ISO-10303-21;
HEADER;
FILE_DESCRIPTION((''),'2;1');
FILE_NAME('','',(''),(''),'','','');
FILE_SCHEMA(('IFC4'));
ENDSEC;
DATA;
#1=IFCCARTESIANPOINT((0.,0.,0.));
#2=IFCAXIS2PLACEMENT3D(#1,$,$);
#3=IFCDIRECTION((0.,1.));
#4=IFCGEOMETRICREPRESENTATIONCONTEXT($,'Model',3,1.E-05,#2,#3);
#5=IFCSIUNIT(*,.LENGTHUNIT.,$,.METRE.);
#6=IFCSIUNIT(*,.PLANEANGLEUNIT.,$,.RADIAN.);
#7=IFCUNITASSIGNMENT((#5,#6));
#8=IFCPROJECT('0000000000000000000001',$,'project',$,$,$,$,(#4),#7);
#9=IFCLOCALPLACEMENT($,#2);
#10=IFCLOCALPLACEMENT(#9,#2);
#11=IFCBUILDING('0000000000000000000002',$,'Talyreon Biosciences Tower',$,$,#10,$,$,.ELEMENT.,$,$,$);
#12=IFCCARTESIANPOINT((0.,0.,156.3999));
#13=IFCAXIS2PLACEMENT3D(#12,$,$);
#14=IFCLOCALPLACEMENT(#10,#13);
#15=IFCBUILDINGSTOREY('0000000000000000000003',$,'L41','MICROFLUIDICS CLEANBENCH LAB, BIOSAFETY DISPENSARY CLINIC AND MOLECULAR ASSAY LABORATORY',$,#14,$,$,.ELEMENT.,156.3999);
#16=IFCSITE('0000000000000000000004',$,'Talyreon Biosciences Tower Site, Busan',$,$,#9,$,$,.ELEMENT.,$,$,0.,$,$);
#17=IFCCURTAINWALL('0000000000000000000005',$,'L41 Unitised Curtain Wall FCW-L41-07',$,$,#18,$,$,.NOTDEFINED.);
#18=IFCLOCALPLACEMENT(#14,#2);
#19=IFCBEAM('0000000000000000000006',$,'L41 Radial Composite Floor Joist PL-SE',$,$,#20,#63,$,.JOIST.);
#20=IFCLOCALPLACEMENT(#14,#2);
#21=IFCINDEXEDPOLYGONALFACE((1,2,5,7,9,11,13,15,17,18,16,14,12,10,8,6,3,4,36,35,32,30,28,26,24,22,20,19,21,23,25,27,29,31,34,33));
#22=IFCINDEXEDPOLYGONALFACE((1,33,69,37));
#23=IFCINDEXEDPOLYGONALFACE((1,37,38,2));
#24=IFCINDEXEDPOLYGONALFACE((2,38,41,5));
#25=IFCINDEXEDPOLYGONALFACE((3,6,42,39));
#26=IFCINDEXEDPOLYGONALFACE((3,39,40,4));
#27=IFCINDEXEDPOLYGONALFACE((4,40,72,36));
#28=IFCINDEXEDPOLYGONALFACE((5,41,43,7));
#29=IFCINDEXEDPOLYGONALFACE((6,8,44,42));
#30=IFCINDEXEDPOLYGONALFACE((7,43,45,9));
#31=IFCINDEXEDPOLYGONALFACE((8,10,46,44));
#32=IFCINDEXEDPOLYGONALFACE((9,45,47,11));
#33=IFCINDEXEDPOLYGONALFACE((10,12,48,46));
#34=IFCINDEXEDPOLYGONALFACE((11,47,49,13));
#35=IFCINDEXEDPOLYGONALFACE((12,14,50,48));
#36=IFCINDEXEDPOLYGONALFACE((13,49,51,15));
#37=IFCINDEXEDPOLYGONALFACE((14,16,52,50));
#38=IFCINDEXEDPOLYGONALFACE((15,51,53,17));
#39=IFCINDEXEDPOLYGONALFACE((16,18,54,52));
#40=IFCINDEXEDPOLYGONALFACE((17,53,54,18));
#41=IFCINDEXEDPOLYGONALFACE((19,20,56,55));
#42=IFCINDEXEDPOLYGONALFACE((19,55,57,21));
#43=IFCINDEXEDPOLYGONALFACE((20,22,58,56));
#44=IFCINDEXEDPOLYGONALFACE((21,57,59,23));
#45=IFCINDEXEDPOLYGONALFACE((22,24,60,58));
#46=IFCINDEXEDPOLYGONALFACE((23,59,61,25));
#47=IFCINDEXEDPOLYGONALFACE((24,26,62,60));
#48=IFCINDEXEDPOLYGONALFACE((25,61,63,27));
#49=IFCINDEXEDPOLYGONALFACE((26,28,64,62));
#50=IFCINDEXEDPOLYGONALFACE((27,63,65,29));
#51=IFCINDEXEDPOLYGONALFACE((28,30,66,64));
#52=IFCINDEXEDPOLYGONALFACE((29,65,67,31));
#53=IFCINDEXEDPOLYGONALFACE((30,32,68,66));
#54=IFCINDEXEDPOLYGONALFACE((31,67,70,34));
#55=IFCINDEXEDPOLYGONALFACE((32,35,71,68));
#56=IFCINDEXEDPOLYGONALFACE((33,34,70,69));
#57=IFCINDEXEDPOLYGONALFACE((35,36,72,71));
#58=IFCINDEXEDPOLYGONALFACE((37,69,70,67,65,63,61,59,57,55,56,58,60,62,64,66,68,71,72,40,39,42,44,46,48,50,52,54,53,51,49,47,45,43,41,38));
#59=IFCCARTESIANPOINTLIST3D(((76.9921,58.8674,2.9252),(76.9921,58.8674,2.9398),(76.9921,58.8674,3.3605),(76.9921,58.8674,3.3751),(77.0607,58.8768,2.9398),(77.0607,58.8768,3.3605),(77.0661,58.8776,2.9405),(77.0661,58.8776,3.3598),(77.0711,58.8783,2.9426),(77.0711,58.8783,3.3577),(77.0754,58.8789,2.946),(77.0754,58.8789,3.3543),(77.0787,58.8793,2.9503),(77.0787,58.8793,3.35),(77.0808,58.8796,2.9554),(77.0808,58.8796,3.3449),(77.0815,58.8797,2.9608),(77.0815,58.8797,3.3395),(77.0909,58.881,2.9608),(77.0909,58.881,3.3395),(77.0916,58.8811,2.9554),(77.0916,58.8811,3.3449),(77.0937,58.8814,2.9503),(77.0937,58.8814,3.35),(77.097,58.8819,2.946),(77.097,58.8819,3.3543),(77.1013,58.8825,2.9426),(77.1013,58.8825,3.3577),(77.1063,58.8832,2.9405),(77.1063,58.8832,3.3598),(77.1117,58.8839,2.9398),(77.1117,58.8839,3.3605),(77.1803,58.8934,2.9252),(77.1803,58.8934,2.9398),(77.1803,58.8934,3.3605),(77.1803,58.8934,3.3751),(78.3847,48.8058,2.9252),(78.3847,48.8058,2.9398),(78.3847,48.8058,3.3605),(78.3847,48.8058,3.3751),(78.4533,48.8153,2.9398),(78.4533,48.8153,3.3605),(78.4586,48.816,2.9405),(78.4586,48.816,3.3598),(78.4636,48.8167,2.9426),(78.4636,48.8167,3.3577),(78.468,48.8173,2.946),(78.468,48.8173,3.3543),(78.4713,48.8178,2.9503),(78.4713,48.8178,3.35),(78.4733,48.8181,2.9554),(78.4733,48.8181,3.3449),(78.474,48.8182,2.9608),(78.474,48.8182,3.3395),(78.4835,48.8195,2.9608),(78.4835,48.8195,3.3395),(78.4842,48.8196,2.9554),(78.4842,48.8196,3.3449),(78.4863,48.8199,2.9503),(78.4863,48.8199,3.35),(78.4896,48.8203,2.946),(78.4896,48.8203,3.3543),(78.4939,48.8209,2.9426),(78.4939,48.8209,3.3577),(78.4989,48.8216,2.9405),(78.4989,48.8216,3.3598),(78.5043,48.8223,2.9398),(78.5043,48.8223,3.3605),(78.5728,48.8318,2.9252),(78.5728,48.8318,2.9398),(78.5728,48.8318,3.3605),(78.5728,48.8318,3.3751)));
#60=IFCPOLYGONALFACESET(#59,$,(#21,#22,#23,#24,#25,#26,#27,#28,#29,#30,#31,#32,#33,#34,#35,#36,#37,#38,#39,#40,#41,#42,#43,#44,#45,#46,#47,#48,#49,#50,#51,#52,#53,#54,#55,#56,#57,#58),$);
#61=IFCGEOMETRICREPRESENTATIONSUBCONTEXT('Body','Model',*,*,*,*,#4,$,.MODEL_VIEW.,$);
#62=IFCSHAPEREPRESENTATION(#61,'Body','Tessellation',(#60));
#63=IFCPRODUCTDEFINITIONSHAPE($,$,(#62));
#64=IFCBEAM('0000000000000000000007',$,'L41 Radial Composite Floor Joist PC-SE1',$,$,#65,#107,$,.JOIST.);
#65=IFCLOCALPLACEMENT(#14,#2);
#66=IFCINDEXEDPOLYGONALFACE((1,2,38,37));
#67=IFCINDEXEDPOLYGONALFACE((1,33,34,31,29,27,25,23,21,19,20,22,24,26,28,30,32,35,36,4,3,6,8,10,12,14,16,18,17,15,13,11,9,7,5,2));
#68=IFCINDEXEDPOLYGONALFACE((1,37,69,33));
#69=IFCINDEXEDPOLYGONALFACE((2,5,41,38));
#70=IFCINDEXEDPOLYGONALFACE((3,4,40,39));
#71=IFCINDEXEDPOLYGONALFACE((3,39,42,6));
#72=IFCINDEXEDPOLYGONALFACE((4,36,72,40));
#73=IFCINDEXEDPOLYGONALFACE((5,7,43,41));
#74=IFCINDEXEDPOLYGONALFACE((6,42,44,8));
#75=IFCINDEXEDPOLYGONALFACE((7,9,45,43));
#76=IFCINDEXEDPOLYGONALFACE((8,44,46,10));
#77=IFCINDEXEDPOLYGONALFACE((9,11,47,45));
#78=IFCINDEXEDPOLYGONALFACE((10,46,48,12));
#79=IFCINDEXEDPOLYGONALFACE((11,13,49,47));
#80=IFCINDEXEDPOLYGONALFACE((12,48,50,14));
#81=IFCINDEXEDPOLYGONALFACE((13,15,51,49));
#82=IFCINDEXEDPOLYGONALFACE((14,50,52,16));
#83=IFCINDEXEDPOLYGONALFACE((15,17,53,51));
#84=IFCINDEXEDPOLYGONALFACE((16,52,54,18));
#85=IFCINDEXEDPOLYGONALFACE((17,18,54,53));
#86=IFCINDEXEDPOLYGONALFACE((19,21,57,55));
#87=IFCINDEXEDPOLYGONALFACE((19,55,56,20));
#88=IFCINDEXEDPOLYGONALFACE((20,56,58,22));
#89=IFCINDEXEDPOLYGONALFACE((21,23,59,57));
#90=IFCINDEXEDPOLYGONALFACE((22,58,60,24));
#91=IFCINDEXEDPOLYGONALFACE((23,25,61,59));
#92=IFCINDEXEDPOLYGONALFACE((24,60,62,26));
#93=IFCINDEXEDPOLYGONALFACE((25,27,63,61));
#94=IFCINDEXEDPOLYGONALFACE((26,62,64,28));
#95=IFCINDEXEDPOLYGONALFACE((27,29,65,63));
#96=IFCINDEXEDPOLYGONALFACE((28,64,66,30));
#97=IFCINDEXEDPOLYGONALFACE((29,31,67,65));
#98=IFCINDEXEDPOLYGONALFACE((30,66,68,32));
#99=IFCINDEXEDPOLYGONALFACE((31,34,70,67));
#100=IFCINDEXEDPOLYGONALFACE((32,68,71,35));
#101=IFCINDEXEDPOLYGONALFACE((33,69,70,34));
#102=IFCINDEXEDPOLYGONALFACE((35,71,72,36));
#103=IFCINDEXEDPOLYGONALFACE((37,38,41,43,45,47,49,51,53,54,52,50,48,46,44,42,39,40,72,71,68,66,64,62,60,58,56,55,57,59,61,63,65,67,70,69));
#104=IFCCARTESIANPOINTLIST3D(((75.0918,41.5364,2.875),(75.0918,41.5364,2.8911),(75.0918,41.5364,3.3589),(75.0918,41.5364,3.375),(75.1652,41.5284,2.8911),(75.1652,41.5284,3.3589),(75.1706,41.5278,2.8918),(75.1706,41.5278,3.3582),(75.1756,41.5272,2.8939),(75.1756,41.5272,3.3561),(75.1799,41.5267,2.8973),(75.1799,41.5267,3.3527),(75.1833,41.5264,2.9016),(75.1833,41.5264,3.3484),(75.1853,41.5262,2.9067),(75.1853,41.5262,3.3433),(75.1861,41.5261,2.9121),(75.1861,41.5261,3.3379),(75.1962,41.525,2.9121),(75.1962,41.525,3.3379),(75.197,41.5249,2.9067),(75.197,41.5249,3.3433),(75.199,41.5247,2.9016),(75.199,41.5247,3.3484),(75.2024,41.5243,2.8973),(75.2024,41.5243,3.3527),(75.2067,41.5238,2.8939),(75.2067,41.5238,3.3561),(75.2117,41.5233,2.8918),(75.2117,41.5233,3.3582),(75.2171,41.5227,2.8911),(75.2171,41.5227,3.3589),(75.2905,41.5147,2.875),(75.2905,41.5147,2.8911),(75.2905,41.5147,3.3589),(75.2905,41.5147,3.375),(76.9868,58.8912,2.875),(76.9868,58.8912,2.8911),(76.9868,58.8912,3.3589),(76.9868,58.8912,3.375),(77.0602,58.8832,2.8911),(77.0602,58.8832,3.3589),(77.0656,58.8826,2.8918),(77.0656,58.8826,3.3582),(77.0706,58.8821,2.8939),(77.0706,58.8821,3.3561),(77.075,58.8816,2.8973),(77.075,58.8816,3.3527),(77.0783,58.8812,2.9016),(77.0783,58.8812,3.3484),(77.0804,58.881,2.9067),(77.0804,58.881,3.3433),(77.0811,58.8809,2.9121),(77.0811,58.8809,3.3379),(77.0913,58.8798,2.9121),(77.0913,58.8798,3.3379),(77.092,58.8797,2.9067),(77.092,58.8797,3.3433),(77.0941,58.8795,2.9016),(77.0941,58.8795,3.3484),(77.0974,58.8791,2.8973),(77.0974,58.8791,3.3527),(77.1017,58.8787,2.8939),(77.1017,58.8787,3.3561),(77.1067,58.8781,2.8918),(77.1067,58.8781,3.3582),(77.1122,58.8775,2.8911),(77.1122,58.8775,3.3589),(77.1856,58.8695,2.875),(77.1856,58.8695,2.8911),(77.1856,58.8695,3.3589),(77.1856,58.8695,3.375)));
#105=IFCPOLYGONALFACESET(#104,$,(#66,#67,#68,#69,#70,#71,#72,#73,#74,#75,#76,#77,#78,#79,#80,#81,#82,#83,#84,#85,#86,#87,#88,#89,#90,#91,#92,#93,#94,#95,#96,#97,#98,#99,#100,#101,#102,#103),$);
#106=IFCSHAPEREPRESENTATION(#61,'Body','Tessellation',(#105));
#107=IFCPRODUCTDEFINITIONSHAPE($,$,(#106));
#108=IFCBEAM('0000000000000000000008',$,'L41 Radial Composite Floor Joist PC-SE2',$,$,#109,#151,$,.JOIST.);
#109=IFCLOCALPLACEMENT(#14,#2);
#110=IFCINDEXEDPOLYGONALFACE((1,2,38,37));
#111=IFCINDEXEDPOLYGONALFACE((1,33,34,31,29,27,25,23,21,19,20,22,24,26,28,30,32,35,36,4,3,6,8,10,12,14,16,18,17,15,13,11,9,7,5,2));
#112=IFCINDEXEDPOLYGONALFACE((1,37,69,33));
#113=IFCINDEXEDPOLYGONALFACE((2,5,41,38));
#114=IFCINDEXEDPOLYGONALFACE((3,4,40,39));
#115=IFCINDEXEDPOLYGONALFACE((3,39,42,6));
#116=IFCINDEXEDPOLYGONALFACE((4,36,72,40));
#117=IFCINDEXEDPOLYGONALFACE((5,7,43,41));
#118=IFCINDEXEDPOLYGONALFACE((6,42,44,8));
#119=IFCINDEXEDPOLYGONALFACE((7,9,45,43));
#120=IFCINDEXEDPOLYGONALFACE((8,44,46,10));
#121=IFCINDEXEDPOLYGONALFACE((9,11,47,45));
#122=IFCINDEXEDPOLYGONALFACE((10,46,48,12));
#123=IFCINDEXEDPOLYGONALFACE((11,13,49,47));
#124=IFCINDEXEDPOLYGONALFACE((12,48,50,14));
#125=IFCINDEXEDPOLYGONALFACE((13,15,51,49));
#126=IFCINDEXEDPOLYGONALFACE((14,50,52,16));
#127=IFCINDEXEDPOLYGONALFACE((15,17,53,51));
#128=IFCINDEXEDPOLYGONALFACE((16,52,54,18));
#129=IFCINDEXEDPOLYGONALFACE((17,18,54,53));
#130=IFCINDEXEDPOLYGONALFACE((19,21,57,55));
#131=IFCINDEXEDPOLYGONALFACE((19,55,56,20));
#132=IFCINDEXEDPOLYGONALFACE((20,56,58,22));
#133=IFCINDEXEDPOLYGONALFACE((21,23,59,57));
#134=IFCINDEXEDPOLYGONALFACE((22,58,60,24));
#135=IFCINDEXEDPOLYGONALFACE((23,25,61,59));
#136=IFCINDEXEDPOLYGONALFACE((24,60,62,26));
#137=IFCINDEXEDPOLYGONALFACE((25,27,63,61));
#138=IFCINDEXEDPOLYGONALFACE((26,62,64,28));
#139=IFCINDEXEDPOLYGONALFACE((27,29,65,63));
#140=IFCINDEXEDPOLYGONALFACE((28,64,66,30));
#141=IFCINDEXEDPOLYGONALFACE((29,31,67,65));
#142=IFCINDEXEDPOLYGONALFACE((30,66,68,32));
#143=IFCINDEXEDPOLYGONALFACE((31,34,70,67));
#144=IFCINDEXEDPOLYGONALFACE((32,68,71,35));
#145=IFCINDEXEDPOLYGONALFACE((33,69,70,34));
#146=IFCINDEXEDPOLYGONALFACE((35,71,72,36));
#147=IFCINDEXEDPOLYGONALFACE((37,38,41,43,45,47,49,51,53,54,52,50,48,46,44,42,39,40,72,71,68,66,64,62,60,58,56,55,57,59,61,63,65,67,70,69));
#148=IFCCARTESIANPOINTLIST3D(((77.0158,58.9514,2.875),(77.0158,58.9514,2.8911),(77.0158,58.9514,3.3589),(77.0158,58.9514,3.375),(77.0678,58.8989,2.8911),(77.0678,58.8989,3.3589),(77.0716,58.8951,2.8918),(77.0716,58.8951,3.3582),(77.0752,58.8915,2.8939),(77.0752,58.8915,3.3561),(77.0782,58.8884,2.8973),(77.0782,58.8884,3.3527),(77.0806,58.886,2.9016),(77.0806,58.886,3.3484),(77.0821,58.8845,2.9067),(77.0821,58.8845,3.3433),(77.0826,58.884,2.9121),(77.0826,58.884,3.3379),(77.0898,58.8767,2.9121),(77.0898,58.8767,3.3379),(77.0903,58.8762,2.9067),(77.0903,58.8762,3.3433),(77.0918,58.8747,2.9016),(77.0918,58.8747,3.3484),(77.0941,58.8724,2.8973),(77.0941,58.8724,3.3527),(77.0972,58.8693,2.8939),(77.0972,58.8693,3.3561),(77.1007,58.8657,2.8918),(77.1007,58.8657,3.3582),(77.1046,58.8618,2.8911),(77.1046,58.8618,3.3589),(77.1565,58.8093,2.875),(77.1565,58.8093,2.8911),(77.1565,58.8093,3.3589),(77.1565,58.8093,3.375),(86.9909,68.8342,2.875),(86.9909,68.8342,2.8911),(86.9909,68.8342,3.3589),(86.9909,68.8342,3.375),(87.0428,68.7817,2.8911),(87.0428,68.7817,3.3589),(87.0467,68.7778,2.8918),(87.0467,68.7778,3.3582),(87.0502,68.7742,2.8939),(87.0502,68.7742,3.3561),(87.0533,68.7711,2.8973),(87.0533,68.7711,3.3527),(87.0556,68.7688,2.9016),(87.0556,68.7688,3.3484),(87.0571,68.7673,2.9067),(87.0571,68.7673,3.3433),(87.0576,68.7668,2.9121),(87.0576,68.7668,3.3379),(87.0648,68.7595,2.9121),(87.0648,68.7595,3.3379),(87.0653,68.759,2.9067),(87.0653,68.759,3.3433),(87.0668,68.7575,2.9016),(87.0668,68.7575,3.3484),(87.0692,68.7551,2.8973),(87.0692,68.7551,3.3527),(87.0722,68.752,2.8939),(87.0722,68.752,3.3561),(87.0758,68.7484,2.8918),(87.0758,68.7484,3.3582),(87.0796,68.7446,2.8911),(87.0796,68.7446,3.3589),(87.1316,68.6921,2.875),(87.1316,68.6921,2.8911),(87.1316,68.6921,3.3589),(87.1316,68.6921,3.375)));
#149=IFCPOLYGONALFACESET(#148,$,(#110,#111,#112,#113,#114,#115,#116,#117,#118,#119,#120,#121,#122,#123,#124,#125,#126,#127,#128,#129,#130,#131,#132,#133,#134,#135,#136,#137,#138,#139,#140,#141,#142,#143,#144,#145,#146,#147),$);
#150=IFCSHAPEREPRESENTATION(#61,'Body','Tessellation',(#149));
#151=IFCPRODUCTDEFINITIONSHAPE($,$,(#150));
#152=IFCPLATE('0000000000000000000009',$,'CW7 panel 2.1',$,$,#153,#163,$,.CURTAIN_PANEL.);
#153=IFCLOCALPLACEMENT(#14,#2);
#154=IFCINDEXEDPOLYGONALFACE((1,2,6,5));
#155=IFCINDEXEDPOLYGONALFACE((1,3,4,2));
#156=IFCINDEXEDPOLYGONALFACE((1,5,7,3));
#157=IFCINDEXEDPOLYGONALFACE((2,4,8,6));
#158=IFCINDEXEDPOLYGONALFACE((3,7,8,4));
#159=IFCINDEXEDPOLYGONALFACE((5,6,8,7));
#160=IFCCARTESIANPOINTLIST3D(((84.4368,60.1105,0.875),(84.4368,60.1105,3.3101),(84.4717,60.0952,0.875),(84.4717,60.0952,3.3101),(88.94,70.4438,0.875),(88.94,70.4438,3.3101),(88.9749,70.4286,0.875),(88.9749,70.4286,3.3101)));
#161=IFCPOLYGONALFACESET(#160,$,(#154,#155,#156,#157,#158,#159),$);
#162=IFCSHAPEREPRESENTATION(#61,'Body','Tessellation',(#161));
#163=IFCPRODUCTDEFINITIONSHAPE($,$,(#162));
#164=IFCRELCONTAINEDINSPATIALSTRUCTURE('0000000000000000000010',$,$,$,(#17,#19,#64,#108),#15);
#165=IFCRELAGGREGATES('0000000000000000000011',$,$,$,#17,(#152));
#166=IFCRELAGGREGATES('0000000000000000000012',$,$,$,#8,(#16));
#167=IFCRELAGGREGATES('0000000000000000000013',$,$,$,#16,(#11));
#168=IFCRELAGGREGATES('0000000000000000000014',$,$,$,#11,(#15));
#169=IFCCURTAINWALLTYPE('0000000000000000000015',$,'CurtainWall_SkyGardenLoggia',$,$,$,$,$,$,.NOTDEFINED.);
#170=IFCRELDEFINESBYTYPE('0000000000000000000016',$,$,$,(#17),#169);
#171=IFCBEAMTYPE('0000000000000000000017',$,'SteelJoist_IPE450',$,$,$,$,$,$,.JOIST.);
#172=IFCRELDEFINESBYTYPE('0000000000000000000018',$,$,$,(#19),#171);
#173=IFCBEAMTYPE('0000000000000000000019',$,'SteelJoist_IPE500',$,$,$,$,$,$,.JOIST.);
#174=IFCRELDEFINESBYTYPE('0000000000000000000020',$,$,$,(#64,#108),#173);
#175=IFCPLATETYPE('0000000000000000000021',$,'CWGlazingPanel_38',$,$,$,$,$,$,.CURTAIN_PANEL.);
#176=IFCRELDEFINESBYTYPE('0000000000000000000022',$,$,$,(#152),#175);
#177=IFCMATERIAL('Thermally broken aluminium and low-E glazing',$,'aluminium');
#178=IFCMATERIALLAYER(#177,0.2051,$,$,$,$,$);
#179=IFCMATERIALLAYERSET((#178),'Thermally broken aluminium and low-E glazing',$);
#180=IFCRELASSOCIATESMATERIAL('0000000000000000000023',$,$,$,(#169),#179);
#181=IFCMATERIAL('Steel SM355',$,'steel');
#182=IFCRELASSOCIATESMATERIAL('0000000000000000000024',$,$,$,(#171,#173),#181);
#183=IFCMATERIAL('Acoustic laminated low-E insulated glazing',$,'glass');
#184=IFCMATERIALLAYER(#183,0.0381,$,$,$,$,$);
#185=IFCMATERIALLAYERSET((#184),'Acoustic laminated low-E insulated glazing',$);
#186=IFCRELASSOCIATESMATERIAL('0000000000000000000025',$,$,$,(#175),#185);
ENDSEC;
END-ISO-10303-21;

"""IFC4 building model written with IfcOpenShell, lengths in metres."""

from ifc_helpers import new_model, si_unit, direction, frame, origin, origin_2d, place, context, subcontext, project, spatial, rectangle, i_section, extrude, material, layer, layer_set, material_profile, profile_set, type_object, element, aggregate, save


model = new_model("IFC4")

# Units and contexts
model_context = context("Model", 3, precision=1e-05, world=origin(), true_north=direction((0.0, 1.0)))
body_context = subcontext(model_context, "Body", "Model", "MODEL_VIEW")
ifc_project = project(units=[si_unit("LENGTHUNIT", "METRE"), si_unit("PLANEANGLEUNIT", "RADIAN")], contexts=[model_context])

# Site, building, storey
site_placement = place(None, origin())
site = spatial("IfcSite", under=ifc_project, at=site_placement, Name="Talyreon Biosciences Tower Site, Busan", CompositionType="ELEMENT", RefElevation=0.0)
building_placement = place(site_placement, origin())
building = spatial("IfcBuilding", under=site, at=building_placement, Name="Talyreon Biosciences Tower", CompositionType="ELEMENT")
storey_placement = place(building_placement, frame((0.0, 0.0, 156.3999)))
storey = spatial("IfcBuildingStorey", under=building, at=storey_placement, Name="L41", Description="MICROFLUIDICS CLEANBENCH LAB, BIOSAFETY DISPENSARY CLINIC AND MOLECULAR ASSAY LABORATORY", CompositionType="ELEMENT", Elevation=156.3999)

# Curtain wall
ifc_material_1 = material(Name="Thermally broken aluminium and low-E glazing", Category="aluminium")
ifc_layer_1 = layer(ifc_material_1, 0.2051)
ifc_layer_set_1 = layer_set([ifc_layer_1], Name="Thermally broken aluminium and low-E glazing")
curtain_wall_type = type_object("IfcCurtainWallType", Name="CurtainWall_SkyGardenLoggia", PredefinedType="NOTDEFINED", material=ifc_layer_set_1)
curtain_wall_placement = place(storey_placement, origin())
curtain_wall = element("IfcCurtainWall", 1, at=curtain_wall_placement, inside=storey, type_object=curtain_wall_type, Name="L41 Unitised Curtain Wall FCW-L41-07", PredefinedType="NOTDEFINED")

# Beams
ifc_material_2 = material(Name="Steel SM355", Category="steel")
ifc_material_profile_1 = material_profile(ifc_material_2, i_section(OverallWidth=0.1899, OverallDepth=0.45, WebThickness=0.0095, FlangeThickness=0.0146, FilletRadius=0.021, at=origin_2d()), Name="IPE450")
ifc_profile_set_1 = profile_set([ifc_material_profile_1], Name="Steel SM355")
beam_type_1 = type_object("IfcBeamType", Name="SteelJoist_IPE450", PredefinedType="JOIST", material=ifc_profile_set_1)
beam_1_placement = place(storey_placement, frame((77.0862, 58.8804, 3.1501), z_axis=(0.137099, -0.990557, 0.0), x_axis=(0.990557, 0.137099, 0.0)))
element("IfcBeam", 2, at=beam_1_placement, inside=storey, type_object=beam_type_1, Name="L41 Radial Composite Floor Joist PL-SE", PredefinedType="JOIST", context=body_context, shape_type="SweptSolid", body=[
    extrude(i_section(OverallWidth=0.1899, OverallDepth=0.45, WebThickness=0.0095, FlangeThickness=0.0146, FilletRadius=0.021, at=origin_2d()), origin(), (0.0, 0.0, 1.0), 10.1575),
])
ifc_material_profile_2 = material_profile(ifc_material_2, i_section(OverallWidth=0.2, OverallDepth=0.5, WebThickness=0.0103, FlangeThickness=0.0161, FilletRadius=0.021, at=origin_2d()), Name="IPE500")
ifc_profile_set_2 = profile_set([ifc_material_profile_2], Name="Steel SM355")
beam_type_2 = type_object("IfcBeamType", Name="SteelJoist_IPE500", PredefinedType="JOIST", material=ifc_profile_set_2)
beam_2_placement = place(storey_placement, frame((77.0862, 58.8804, 3.125), z_axis=(-0.108548, -0.994091, 0.0), x_axis=(0.994091, -0.108548, 0.0)))
element("IfcBeam", 3, at=beam_2_placement, inside=storey, type_object=beam_type_2, Name="L41 Radial Composite Floor Joist PC-SE1", PredefinedType="JOIST", context=body_context, shape_type="SweptSolid", body=[
    extrude(i_section(OverallWidth=0.2, OverallDepth=0.5, WebThickness=0.0103, FlangeThickness=0.0161, FilletRadius=0.021, at=origin_2d()), origin(), (0.0, 0.0, 1.0), 17.458),
])
beam_3_placement = place(storey_placement, frame((77.0862, 58.8804, 3.125), z_axis=(0.710385, 0.703813, 0.0), x_axis=(-0.703813, 0.710385, 0.0)))
element("IfcBeam", 4, at=beam_3_placement, inside=storey, type_object=beam_type_2, Name="L41 Radial Composite Floor Joist PC-SE2", PredefinedType="JOIST", context=body_context, shape_type="SweptSolid", body=[
    extrude(i_section(OverallWidth=0.2, OverallDepth=0.5, WebThickness=0.0103, FlangeThickness=0.0161, FilletRadius=0.021, at=origin_2d()), origin(), (0.0, 0.0, 1.0), 14.0417),
])

# Plate
ifc_material_3 = material(Name="Acoustic laminated low-E insulated glazing", Category="glass")
ifc_layer_2 = layer(ifc_material_3, 0.0381)
ifc_layer_set_2 = layer_set([ifc_layer_2], Name="Acoustic laminated low-E insulated glazing")
plate_type = type_object("IfcPlateType", Name="CWGlazingPanel_38", PredefinedType="CURTAIN_PANEL", material=ifc_layer_set_2)
plate_placement = place(storey_placement, frame((86.7058, 65.2695, 0.875), z_axis=(0.0, 0.0, 1.0), x_axis=(-0.399505, -0.916731, 0.0)))
plate = element("IfcPlate", 5, at=plate_placement, type_object=plate_type, Name="CW7 panel 2.1", PredefinedType="CURTAIN_PANEL", context=body_context, shape_type="SweptSolid", body=[
    extrude(rectangle(XDim=11.272, YDim=0.0381, at=origin_2d()), origin(), (0.0, 0.0, 1.0), 2.4351),
])
aggregate(curtain_wall, [plate])

save(model, "model.ifc")
